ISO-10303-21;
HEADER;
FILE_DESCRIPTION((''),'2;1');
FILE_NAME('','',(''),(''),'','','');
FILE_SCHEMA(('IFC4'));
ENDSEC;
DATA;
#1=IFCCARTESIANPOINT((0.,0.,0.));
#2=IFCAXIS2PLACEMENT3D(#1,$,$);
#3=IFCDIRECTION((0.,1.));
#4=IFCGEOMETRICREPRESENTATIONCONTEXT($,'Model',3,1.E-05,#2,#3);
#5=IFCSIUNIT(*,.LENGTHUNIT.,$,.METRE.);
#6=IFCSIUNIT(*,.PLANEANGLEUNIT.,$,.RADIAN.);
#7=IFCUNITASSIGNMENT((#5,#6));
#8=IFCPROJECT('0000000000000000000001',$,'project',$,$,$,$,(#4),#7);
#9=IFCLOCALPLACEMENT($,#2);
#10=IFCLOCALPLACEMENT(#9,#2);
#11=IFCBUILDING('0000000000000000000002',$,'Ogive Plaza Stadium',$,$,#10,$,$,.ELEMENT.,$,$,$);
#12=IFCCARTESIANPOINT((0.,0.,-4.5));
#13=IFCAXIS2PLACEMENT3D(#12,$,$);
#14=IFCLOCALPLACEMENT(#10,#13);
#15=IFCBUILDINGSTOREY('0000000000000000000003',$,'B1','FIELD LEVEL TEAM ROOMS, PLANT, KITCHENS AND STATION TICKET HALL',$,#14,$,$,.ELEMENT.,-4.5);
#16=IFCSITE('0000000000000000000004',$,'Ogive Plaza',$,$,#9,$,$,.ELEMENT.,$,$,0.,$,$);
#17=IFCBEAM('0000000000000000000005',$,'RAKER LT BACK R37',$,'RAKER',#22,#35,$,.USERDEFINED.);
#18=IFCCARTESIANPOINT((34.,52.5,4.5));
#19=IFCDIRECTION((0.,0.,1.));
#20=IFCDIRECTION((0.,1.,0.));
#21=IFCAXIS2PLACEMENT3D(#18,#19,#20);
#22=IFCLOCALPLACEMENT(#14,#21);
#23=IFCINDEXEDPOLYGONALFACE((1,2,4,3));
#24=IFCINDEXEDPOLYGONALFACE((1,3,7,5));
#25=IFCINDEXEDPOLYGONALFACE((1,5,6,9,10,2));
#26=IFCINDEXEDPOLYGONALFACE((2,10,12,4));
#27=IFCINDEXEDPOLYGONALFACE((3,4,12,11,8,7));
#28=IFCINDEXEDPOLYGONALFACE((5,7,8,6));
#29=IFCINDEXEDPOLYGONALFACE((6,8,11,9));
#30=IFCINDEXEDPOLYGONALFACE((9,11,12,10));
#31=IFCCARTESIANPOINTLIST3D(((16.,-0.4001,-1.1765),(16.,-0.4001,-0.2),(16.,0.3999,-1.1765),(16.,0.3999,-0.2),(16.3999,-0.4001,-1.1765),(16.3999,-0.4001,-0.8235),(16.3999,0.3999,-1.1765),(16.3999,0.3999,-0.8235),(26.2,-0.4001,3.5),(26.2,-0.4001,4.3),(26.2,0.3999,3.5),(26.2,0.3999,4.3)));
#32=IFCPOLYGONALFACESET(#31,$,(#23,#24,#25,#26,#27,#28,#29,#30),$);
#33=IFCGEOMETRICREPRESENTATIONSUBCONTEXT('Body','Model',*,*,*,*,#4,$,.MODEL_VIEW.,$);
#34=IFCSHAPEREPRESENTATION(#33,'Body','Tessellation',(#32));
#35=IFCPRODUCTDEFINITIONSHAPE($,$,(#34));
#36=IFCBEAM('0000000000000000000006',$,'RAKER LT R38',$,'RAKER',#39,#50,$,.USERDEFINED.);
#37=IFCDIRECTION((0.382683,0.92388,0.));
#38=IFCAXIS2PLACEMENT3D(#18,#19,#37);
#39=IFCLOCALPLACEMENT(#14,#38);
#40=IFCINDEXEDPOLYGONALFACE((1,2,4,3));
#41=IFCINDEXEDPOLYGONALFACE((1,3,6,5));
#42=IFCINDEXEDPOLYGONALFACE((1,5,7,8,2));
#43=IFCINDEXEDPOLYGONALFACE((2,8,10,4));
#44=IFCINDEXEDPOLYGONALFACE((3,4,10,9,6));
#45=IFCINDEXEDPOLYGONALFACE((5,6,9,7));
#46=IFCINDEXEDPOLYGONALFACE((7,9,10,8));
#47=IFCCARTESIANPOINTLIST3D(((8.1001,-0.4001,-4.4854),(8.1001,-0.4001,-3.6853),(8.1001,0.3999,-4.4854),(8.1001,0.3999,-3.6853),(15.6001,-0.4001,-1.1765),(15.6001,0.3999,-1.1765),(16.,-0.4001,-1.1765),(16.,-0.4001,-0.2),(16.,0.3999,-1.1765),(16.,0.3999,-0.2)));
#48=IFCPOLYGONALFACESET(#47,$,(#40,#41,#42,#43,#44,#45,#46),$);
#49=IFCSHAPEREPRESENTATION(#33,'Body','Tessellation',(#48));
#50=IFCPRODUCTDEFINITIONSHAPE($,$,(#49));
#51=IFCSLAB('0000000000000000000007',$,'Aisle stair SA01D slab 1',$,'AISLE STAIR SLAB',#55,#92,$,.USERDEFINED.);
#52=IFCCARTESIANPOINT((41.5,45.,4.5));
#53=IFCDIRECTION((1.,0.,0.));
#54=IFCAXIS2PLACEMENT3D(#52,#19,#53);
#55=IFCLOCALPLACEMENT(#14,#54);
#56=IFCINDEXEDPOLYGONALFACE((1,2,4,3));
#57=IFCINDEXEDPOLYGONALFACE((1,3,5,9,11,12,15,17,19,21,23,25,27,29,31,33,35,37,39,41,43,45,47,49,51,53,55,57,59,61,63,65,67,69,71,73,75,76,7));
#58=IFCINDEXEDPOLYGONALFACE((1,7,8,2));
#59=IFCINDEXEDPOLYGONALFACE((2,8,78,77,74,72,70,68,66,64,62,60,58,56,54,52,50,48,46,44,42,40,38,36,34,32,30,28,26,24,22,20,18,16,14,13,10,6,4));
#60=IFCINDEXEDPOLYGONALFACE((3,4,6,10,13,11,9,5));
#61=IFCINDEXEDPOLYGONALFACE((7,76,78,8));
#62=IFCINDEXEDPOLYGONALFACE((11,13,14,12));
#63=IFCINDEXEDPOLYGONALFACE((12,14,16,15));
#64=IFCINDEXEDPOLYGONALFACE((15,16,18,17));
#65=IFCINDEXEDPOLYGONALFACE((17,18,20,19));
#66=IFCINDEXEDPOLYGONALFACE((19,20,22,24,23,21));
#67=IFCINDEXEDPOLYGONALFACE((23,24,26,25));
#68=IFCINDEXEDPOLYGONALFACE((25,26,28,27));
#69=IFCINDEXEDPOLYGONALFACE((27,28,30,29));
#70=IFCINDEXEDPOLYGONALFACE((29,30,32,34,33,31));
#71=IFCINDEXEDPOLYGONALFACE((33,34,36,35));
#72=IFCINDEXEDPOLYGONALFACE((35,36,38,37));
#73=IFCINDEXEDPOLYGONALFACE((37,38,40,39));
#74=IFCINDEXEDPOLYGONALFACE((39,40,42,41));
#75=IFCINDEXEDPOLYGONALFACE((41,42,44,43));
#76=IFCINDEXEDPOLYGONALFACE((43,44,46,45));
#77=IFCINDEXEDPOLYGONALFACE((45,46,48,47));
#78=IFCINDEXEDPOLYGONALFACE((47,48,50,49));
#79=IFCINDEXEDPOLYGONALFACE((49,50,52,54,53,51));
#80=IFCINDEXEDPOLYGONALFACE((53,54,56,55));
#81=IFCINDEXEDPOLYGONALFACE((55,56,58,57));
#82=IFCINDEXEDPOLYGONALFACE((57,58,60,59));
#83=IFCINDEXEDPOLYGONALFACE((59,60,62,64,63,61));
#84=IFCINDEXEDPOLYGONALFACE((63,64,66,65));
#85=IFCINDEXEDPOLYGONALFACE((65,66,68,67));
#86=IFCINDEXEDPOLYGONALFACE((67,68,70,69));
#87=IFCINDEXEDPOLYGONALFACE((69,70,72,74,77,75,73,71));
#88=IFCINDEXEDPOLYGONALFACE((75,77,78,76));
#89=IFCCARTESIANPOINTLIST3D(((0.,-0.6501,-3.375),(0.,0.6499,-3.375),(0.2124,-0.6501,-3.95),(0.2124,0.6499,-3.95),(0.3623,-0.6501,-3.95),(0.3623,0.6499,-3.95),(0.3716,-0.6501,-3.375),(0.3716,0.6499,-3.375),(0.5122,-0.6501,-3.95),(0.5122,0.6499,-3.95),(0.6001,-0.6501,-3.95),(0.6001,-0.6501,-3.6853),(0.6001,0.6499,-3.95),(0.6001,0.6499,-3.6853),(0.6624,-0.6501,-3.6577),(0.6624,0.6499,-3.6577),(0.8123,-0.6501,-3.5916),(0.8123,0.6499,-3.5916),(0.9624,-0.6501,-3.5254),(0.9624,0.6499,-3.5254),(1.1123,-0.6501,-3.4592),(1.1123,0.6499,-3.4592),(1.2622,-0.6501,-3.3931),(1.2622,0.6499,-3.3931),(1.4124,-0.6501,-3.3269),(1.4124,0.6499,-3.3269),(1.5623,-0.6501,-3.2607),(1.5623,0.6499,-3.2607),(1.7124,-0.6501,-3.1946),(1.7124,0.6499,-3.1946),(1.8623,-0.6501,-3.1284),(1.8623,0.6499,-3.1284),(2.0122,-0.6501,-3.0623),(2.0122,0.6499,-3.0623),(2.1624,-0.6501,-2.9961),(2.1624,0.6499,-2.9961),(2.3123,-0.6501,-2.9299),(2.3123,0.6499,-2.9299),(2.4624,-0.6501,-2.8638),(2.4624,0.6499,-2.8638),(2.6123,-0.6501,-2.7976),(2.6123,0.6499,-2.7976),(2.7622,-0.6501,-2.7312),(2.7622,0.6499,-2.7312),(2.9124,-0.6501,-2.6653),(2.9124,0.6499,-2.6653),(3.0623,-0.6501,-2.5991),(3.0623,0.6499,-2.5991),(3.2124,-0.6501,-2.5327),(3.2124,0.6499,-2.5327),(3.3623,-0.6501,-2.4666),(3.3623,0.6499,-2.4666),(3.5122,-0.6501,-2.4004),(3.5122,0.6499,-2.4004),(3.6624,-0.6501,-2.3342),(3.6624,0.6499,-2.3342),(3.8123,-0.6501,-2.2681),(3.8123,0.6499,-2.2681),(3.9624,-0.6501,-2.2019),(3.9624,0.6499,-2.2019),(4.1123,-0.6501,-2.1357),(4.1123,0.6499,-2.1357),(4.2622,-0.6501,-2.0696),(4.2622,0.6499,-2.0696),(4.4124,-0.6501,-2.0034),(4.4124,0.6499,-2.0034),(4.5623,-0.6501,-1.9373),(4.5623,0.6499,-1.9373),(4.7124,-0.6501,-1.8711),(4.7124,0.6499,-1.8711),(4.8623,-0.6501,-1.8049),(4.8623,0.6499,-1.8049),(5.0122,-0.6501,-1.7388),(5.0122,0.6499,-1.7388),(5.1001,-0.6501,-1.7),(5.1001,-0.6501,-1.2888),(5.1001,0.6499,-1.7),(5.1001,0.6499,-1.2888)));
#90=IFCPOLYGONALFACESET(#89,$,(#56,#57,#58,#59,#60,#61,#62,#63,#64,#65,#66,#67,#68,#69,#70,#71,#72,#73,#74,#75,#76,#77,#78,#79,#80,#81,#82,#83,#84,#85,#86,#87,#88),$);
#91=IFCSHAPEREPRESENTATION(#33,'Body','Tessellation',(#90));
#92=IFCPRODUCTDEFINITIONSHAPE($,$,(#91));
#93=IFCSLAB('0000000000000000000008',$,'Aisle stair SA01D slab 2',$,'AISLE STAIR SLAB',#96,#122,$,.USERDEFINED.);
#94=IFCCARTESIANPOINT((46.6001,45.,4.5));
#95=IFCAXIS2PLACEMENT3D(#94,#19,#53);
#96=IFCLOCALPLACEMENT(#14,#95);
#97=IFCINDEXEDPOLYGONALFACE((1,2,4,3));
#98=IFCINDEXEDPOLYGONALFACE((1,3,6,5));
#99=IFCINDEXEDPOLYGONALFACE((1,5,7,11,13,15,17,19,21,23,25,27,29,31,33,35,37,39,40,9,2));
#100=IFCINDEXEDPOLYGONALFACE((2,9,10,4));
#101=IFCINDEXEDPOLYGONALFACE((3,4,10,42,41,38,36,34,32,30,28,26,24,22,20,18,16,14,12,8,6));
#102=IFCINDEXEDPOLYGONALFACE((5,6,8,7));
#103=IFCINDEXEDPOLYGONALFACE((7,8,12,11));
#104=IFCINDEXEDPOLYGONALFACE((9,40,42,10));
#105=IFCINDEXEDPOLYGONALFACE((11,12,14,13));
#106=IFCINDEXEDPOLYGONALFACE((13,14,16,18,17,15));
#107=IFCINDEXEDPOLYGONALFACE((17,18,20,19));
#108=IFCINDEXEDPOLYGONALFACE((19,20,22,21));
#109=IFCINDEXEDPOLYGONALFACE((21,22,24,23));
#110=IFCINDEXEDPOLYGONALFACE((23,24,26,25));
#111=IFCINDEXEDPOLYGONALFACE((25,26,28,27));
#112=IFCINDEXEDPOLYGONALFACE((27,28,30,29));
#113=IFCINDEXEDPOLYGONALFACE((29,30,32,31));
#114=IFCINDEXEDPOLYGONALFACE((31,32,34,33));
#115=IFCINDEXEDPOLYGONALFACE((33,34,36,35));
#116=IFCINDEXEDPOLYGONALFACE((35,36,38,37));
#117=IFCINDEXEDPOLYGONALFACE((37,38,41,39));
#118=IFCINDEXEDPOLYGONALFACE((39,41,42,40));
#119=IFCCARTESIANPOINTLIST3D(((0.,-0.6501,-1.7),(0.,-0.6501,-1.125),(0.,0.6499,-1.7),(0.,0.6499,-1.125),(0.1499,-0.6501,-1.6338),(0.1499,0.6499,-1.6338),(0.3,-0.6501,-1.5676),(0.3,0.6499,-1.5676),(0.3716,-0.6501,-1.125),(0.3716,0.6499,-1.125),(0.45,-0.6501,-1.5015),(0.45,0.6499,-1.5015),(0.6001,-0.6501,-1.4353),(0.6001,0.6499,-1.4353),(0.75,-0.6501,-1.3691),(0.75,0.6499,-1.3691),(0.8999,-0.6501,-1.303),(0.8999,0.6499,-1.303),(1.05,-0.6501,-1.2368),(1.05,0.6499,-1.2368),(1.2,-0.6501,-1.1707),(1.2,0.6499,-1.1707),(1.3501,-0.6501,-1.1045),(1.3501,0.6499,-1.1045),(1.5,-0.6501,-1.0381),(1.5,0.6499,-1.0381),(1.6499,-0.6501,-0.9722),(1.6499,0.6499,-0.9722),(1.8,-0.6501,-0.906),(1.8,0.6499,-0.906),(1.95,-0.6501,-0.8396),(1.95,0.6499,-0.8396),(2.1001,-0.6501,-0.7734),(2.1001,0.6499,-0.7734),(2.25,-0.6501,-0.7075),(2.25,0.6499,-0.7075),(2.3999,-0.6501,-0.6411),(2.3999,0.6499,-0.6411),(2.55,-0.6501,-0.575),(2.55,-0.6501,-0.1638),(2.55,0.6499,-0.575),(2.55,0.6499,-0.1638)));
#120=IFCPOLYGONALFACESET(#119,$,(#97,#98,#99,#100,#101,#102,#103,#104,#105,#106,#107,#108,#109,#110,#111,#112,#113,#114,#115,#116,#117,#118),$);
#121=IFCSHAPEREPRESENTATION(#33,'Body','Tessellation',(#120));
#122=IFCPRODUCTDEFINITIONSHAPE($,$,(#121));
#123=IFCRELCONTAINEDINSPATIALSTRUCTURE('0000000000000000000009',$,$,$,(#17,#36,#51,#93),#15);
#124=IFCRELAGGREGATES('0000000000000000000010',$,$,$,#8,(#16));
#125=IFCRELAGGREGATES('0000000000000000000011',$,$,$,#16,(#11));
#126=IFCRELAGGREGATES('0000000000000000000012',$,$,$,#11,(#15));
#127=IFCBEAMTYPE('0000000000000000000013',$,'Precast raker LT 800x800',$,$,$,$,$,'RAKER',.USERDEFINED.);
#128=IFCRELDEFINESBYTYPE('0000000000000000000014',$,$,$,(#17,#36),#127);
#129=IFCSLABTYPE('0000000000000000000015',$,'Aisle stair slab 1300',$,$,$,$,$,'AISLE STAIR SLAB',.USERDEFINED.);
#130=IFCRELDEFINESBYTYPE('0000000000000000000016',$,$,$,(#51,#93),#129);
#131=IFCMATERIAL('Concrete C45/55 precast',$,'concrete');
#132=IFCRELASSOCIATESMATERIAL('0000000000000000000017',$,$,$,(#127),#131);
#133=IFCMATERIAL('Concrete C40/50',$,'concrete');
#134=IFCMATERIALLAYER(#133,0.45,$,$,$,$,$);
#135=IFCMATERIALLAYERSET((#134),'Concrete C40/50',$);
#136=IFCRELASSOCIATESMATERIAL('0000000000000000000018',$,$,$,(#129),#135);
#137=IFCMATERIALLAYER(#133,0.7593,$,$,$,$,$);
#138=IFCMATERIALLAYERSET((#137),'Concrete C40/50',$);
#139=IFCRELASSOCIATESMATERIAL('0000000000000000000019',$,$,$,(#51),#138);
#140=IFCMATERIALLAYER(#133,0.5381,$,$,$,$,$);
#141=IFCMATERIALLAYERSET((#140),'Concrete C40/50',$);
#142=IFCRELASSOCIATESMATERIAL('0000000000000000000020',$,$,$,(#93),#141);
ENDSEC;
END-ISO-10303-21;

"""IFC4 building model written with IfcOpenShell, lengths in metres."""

from ifc_helpers import new_model, si_unit, direction, frame, origin, origin_2d, place, context, subcontext, project, spatial, polyline, rectangle, outline, extrude, material, layer, layer_set, material_profile, profile_set, type_object, element, save


model = new_model("IFC4")

# Units and contexts
model_context = context("Model", 3, precision=1e-05, world=origin(), true_north=direction((0.0, 1.0)))
body_context = subcontext(model_context, "Body", "Model", "MODEL_VIEW")
ifc_project = project(units=[si_unit("LENGTHUNIT", "METRE"), si_unit("PLANEANGLEUNIT", "RADIAN")], contexts=[model_context])

# Site, building, storey
site_placement = place(None, origin())
site = spatial("IfcSite", under=ifc_project, at=site_placement, Name="Ogive Plaza", CompositionType="ELEMENT", RefElevation=0.0)
building_placement = place(site_placement, origin())
building = spatial("IfcBuilding", under=site, at=building_placement, Name="Ogive Plaza Stadium", CompositionType="ELEMENT")
storey_placement = place(building_placement, frame((0.0, 0.0, -4.5)))
storey = spatial("IfcBuildingStorey", under=building, at=storey_placement, Name="B1", Description="FIELD LEVEL TEAM ROOMS, PLANT, KITCHENS AND STATION TICKET HALL", CompositionType="ELEMENT", Elevation=-4.5)

# Beams
ifc_material_1 = material(Name="Concrete C45/55 precast", Category="concrete")
ifc_material_profile_1 = material_profile(ifc_material_1, rectangle(XDim=0.8, YDim=0.8, at=origin_2d()), Name="RC 800x800")
ifc_profile_set_1 = profile_set([ifc_material_profile_1], Name="Concrete C45/55 precast")
beam_type = type_object("IfcBeamType", Name="Precast raker LT 800x800", ElementType="RAKER", PredefinedType="USERDEFINED", material=ifc_profile_set_1)
beam_1_placement = place(storey_placement, frame((34.0, 52.5, 4.5), z_axis=(0.0, 0.0, 1.0), x_axis=(0.0, 1.0, 0.0)))
element("IfcBeam", 1, at=beam_1_placement, inside=storey, type_object=beam_type, Name="RAKER LT BACK R37", ObjectType="RAKER", PredefinedType="USERDEFINED", context=body_context, shape_type="SweptSolid", body=[
    extrude(outline(polyline([(16.0, -1.1765), (16.3999, -1.1765), (16.3999, -0.8235), (26.2, 3.5), (26.2, 4.3), (16.0, -0.2), (16.0, -1.1765)])), frame((0.0, 0.3999, 0.0), z_axis=(0.0, -1.0, 0.0), x_axis=(1.0, 0.0, 0.0)), (0.0, 0.0, 1.0), 0.8),
])
beam_2_placement = place(storey_placement, frame((34.0, 52.5, 4.5), z_axis=(0.0, 0.0, 1.0), x_axis=(0.382683, 0.92388, 0.0)))
element("IfcBeam", 2, at=beam_2_placement, inside=storey, type_object=beam_type, Name="RAKER LT R38", ObjectType="RAKER", PredefinedType="USERDEFINED", context=body_context, shape_type="SweptSolid", body=[
    extrude(outline(polyline([(8.1001, -4.4854), (15.6001, -1.1765), (16.0, -1.1765), (16.0, -0.2), (8.1001, -3.6853), (8.1001, -4.4854)])), frame((0.0, 0.3999, 0.0), z_axis=(0.0, -1.0, 0.0), x_axis=(1.0, 0.0, 0.0)), (0.0, 0.0, 1.0), 0.8),
])

# Slabs
ifc_material_2 = material(Name="Concrete C40/50", Category="concrete")
ifc_layer_1 = layer(ifc_material_2, 0.7593)
ifc_layer_set_1 = layer_set([ifc_layer_1], Name="Concrete C40/50")
ifc_layer_2 = layer(ifc_material_2, 0.45)
ifc_layer_set_2 = layer_set([ifc_layer_2], Name="Concrete C40/50")
slab_type = type_object("IfcSlabType", Name="Aisle stair slab 1300", ElementType="AISLE STAIR SLAB", PredefinedType="USERDEFINED", material=ifc_layer_set_2)
slab_1_placement = place(storey_placement, frame((41.5, 45.0, 4.5), z_axis=(0.0, 0.0, 1.0), x_axis=(1.0, 0.0, 0.0)))
element("IfcSlab", 3, at=slab_1_placement, inside=storey, type_object=slab_type, material=ifc_layer_set_1, Name="Aisle stair SA01D slab 1", ObjectType="AISLE STAIR SLAB", PredefinedType="USERDEFINED", context=body_context, shape_type="SweptSolid", body=[
    extrude(outline(polyline([(0.0, -3.375), (0.3716, -3.375), (5.1001, -1.2888), (5.1001, -1.7), (5.0122, -1.7388), (4.8623, -1.8049), (4.7124, -1.8711), (4.5623, -1.9373), (4.4124, -2.0034), (4.2622, -2.0696), (4.1123, -2.1357), (3.9624, -2.2019), (3.8123, -2.2681), (3.6624, -2.3342), (3.5122, -2.4004), (3.3623, -2.4666), (3.2124, -2.5327), (3.0623, -2.5991), (2.9124, -2.6653), (2.7622, -2.7312), (2.6123, -2.7976), (2.4624, -2.8638), (2.3123, -2.9299), (2.1624, -2.9961), (2.0122, -3.0623), (1.8623, -3.1284), (1.7124, -3.1946), (1.5623, -3.2607), (1.4124, -3.3269), (1.2622, -3.3931), (1.1123, -3.4592), (0.9624, -3.5254), (0.8123, -3.5916), (0.6624, -3.6577), (0.6001, -3.6853), (0.6001, -3.95), (0.5122, -3.95), (0.3623, -3.95), (0.2124, -3.95), (0.0, -3.375)])), frame((0.0, 0.6499, 0.0), z_axis=(0.0, -1.0, 0.0), x_axis=(1.0, 0.0, 0.0)), (0.0, 0.0, 1.0), 1.3),
])
ifc_layer_3 = layer(ifc_material_2, 0.5381)
ifc_layer_set_3 = layer_set([ifc_layer_3], Name="Concrete C40/50")
slab_2_placement = place(storey_placement, frame((46.6001, 45.0, 4.5), z_axis=(0.0, 0.0, 1.0), x_axis=(1.0, 0.0, 0.0)))
element("IfcSlab", 4, at=slab_2_placement, inside=storey, type_object=slab_type, material=ifc_layer_set_3, Name="Aisle stair SA01D slab 2", ObjectType="AISLE STAIR SLAB", PredefinedType="USERDEFINED", context=body_context, shape_type="SweptSolid", body=[
    extrude(outline(polyline([(0.0, -1.125), (0.3716, -1.125), (2.55, -0.1638), (2.55, -0.575), (2.3999, -0.6411), (2.25, -0.7075), (2.1001, -0.7734), (1.95, -0.8396), (1.8, -0.906), (1.6499, -0.9722), (1.5, -1.0381), (1.3501, -1.1045), (1.2, -1.1707), (1.05, -1.2368), (0.8999, -1.303), (0.75, -1.3691), (0.6001, -1.4353), (0.45, -1.5015), (0.3, -1.5676), (0.1499, -1.6338), (0.0, -1.7), (0.0, -1.125)])), frame((0.0, 0.6499, 0.0), z_axis=(0.0, -1.0, 0.0), x_axis=(1.0, 0.0, 0.0)), (0.0, 0.0, 1.0), 1.3),
])

save(model, "model.ifc")
